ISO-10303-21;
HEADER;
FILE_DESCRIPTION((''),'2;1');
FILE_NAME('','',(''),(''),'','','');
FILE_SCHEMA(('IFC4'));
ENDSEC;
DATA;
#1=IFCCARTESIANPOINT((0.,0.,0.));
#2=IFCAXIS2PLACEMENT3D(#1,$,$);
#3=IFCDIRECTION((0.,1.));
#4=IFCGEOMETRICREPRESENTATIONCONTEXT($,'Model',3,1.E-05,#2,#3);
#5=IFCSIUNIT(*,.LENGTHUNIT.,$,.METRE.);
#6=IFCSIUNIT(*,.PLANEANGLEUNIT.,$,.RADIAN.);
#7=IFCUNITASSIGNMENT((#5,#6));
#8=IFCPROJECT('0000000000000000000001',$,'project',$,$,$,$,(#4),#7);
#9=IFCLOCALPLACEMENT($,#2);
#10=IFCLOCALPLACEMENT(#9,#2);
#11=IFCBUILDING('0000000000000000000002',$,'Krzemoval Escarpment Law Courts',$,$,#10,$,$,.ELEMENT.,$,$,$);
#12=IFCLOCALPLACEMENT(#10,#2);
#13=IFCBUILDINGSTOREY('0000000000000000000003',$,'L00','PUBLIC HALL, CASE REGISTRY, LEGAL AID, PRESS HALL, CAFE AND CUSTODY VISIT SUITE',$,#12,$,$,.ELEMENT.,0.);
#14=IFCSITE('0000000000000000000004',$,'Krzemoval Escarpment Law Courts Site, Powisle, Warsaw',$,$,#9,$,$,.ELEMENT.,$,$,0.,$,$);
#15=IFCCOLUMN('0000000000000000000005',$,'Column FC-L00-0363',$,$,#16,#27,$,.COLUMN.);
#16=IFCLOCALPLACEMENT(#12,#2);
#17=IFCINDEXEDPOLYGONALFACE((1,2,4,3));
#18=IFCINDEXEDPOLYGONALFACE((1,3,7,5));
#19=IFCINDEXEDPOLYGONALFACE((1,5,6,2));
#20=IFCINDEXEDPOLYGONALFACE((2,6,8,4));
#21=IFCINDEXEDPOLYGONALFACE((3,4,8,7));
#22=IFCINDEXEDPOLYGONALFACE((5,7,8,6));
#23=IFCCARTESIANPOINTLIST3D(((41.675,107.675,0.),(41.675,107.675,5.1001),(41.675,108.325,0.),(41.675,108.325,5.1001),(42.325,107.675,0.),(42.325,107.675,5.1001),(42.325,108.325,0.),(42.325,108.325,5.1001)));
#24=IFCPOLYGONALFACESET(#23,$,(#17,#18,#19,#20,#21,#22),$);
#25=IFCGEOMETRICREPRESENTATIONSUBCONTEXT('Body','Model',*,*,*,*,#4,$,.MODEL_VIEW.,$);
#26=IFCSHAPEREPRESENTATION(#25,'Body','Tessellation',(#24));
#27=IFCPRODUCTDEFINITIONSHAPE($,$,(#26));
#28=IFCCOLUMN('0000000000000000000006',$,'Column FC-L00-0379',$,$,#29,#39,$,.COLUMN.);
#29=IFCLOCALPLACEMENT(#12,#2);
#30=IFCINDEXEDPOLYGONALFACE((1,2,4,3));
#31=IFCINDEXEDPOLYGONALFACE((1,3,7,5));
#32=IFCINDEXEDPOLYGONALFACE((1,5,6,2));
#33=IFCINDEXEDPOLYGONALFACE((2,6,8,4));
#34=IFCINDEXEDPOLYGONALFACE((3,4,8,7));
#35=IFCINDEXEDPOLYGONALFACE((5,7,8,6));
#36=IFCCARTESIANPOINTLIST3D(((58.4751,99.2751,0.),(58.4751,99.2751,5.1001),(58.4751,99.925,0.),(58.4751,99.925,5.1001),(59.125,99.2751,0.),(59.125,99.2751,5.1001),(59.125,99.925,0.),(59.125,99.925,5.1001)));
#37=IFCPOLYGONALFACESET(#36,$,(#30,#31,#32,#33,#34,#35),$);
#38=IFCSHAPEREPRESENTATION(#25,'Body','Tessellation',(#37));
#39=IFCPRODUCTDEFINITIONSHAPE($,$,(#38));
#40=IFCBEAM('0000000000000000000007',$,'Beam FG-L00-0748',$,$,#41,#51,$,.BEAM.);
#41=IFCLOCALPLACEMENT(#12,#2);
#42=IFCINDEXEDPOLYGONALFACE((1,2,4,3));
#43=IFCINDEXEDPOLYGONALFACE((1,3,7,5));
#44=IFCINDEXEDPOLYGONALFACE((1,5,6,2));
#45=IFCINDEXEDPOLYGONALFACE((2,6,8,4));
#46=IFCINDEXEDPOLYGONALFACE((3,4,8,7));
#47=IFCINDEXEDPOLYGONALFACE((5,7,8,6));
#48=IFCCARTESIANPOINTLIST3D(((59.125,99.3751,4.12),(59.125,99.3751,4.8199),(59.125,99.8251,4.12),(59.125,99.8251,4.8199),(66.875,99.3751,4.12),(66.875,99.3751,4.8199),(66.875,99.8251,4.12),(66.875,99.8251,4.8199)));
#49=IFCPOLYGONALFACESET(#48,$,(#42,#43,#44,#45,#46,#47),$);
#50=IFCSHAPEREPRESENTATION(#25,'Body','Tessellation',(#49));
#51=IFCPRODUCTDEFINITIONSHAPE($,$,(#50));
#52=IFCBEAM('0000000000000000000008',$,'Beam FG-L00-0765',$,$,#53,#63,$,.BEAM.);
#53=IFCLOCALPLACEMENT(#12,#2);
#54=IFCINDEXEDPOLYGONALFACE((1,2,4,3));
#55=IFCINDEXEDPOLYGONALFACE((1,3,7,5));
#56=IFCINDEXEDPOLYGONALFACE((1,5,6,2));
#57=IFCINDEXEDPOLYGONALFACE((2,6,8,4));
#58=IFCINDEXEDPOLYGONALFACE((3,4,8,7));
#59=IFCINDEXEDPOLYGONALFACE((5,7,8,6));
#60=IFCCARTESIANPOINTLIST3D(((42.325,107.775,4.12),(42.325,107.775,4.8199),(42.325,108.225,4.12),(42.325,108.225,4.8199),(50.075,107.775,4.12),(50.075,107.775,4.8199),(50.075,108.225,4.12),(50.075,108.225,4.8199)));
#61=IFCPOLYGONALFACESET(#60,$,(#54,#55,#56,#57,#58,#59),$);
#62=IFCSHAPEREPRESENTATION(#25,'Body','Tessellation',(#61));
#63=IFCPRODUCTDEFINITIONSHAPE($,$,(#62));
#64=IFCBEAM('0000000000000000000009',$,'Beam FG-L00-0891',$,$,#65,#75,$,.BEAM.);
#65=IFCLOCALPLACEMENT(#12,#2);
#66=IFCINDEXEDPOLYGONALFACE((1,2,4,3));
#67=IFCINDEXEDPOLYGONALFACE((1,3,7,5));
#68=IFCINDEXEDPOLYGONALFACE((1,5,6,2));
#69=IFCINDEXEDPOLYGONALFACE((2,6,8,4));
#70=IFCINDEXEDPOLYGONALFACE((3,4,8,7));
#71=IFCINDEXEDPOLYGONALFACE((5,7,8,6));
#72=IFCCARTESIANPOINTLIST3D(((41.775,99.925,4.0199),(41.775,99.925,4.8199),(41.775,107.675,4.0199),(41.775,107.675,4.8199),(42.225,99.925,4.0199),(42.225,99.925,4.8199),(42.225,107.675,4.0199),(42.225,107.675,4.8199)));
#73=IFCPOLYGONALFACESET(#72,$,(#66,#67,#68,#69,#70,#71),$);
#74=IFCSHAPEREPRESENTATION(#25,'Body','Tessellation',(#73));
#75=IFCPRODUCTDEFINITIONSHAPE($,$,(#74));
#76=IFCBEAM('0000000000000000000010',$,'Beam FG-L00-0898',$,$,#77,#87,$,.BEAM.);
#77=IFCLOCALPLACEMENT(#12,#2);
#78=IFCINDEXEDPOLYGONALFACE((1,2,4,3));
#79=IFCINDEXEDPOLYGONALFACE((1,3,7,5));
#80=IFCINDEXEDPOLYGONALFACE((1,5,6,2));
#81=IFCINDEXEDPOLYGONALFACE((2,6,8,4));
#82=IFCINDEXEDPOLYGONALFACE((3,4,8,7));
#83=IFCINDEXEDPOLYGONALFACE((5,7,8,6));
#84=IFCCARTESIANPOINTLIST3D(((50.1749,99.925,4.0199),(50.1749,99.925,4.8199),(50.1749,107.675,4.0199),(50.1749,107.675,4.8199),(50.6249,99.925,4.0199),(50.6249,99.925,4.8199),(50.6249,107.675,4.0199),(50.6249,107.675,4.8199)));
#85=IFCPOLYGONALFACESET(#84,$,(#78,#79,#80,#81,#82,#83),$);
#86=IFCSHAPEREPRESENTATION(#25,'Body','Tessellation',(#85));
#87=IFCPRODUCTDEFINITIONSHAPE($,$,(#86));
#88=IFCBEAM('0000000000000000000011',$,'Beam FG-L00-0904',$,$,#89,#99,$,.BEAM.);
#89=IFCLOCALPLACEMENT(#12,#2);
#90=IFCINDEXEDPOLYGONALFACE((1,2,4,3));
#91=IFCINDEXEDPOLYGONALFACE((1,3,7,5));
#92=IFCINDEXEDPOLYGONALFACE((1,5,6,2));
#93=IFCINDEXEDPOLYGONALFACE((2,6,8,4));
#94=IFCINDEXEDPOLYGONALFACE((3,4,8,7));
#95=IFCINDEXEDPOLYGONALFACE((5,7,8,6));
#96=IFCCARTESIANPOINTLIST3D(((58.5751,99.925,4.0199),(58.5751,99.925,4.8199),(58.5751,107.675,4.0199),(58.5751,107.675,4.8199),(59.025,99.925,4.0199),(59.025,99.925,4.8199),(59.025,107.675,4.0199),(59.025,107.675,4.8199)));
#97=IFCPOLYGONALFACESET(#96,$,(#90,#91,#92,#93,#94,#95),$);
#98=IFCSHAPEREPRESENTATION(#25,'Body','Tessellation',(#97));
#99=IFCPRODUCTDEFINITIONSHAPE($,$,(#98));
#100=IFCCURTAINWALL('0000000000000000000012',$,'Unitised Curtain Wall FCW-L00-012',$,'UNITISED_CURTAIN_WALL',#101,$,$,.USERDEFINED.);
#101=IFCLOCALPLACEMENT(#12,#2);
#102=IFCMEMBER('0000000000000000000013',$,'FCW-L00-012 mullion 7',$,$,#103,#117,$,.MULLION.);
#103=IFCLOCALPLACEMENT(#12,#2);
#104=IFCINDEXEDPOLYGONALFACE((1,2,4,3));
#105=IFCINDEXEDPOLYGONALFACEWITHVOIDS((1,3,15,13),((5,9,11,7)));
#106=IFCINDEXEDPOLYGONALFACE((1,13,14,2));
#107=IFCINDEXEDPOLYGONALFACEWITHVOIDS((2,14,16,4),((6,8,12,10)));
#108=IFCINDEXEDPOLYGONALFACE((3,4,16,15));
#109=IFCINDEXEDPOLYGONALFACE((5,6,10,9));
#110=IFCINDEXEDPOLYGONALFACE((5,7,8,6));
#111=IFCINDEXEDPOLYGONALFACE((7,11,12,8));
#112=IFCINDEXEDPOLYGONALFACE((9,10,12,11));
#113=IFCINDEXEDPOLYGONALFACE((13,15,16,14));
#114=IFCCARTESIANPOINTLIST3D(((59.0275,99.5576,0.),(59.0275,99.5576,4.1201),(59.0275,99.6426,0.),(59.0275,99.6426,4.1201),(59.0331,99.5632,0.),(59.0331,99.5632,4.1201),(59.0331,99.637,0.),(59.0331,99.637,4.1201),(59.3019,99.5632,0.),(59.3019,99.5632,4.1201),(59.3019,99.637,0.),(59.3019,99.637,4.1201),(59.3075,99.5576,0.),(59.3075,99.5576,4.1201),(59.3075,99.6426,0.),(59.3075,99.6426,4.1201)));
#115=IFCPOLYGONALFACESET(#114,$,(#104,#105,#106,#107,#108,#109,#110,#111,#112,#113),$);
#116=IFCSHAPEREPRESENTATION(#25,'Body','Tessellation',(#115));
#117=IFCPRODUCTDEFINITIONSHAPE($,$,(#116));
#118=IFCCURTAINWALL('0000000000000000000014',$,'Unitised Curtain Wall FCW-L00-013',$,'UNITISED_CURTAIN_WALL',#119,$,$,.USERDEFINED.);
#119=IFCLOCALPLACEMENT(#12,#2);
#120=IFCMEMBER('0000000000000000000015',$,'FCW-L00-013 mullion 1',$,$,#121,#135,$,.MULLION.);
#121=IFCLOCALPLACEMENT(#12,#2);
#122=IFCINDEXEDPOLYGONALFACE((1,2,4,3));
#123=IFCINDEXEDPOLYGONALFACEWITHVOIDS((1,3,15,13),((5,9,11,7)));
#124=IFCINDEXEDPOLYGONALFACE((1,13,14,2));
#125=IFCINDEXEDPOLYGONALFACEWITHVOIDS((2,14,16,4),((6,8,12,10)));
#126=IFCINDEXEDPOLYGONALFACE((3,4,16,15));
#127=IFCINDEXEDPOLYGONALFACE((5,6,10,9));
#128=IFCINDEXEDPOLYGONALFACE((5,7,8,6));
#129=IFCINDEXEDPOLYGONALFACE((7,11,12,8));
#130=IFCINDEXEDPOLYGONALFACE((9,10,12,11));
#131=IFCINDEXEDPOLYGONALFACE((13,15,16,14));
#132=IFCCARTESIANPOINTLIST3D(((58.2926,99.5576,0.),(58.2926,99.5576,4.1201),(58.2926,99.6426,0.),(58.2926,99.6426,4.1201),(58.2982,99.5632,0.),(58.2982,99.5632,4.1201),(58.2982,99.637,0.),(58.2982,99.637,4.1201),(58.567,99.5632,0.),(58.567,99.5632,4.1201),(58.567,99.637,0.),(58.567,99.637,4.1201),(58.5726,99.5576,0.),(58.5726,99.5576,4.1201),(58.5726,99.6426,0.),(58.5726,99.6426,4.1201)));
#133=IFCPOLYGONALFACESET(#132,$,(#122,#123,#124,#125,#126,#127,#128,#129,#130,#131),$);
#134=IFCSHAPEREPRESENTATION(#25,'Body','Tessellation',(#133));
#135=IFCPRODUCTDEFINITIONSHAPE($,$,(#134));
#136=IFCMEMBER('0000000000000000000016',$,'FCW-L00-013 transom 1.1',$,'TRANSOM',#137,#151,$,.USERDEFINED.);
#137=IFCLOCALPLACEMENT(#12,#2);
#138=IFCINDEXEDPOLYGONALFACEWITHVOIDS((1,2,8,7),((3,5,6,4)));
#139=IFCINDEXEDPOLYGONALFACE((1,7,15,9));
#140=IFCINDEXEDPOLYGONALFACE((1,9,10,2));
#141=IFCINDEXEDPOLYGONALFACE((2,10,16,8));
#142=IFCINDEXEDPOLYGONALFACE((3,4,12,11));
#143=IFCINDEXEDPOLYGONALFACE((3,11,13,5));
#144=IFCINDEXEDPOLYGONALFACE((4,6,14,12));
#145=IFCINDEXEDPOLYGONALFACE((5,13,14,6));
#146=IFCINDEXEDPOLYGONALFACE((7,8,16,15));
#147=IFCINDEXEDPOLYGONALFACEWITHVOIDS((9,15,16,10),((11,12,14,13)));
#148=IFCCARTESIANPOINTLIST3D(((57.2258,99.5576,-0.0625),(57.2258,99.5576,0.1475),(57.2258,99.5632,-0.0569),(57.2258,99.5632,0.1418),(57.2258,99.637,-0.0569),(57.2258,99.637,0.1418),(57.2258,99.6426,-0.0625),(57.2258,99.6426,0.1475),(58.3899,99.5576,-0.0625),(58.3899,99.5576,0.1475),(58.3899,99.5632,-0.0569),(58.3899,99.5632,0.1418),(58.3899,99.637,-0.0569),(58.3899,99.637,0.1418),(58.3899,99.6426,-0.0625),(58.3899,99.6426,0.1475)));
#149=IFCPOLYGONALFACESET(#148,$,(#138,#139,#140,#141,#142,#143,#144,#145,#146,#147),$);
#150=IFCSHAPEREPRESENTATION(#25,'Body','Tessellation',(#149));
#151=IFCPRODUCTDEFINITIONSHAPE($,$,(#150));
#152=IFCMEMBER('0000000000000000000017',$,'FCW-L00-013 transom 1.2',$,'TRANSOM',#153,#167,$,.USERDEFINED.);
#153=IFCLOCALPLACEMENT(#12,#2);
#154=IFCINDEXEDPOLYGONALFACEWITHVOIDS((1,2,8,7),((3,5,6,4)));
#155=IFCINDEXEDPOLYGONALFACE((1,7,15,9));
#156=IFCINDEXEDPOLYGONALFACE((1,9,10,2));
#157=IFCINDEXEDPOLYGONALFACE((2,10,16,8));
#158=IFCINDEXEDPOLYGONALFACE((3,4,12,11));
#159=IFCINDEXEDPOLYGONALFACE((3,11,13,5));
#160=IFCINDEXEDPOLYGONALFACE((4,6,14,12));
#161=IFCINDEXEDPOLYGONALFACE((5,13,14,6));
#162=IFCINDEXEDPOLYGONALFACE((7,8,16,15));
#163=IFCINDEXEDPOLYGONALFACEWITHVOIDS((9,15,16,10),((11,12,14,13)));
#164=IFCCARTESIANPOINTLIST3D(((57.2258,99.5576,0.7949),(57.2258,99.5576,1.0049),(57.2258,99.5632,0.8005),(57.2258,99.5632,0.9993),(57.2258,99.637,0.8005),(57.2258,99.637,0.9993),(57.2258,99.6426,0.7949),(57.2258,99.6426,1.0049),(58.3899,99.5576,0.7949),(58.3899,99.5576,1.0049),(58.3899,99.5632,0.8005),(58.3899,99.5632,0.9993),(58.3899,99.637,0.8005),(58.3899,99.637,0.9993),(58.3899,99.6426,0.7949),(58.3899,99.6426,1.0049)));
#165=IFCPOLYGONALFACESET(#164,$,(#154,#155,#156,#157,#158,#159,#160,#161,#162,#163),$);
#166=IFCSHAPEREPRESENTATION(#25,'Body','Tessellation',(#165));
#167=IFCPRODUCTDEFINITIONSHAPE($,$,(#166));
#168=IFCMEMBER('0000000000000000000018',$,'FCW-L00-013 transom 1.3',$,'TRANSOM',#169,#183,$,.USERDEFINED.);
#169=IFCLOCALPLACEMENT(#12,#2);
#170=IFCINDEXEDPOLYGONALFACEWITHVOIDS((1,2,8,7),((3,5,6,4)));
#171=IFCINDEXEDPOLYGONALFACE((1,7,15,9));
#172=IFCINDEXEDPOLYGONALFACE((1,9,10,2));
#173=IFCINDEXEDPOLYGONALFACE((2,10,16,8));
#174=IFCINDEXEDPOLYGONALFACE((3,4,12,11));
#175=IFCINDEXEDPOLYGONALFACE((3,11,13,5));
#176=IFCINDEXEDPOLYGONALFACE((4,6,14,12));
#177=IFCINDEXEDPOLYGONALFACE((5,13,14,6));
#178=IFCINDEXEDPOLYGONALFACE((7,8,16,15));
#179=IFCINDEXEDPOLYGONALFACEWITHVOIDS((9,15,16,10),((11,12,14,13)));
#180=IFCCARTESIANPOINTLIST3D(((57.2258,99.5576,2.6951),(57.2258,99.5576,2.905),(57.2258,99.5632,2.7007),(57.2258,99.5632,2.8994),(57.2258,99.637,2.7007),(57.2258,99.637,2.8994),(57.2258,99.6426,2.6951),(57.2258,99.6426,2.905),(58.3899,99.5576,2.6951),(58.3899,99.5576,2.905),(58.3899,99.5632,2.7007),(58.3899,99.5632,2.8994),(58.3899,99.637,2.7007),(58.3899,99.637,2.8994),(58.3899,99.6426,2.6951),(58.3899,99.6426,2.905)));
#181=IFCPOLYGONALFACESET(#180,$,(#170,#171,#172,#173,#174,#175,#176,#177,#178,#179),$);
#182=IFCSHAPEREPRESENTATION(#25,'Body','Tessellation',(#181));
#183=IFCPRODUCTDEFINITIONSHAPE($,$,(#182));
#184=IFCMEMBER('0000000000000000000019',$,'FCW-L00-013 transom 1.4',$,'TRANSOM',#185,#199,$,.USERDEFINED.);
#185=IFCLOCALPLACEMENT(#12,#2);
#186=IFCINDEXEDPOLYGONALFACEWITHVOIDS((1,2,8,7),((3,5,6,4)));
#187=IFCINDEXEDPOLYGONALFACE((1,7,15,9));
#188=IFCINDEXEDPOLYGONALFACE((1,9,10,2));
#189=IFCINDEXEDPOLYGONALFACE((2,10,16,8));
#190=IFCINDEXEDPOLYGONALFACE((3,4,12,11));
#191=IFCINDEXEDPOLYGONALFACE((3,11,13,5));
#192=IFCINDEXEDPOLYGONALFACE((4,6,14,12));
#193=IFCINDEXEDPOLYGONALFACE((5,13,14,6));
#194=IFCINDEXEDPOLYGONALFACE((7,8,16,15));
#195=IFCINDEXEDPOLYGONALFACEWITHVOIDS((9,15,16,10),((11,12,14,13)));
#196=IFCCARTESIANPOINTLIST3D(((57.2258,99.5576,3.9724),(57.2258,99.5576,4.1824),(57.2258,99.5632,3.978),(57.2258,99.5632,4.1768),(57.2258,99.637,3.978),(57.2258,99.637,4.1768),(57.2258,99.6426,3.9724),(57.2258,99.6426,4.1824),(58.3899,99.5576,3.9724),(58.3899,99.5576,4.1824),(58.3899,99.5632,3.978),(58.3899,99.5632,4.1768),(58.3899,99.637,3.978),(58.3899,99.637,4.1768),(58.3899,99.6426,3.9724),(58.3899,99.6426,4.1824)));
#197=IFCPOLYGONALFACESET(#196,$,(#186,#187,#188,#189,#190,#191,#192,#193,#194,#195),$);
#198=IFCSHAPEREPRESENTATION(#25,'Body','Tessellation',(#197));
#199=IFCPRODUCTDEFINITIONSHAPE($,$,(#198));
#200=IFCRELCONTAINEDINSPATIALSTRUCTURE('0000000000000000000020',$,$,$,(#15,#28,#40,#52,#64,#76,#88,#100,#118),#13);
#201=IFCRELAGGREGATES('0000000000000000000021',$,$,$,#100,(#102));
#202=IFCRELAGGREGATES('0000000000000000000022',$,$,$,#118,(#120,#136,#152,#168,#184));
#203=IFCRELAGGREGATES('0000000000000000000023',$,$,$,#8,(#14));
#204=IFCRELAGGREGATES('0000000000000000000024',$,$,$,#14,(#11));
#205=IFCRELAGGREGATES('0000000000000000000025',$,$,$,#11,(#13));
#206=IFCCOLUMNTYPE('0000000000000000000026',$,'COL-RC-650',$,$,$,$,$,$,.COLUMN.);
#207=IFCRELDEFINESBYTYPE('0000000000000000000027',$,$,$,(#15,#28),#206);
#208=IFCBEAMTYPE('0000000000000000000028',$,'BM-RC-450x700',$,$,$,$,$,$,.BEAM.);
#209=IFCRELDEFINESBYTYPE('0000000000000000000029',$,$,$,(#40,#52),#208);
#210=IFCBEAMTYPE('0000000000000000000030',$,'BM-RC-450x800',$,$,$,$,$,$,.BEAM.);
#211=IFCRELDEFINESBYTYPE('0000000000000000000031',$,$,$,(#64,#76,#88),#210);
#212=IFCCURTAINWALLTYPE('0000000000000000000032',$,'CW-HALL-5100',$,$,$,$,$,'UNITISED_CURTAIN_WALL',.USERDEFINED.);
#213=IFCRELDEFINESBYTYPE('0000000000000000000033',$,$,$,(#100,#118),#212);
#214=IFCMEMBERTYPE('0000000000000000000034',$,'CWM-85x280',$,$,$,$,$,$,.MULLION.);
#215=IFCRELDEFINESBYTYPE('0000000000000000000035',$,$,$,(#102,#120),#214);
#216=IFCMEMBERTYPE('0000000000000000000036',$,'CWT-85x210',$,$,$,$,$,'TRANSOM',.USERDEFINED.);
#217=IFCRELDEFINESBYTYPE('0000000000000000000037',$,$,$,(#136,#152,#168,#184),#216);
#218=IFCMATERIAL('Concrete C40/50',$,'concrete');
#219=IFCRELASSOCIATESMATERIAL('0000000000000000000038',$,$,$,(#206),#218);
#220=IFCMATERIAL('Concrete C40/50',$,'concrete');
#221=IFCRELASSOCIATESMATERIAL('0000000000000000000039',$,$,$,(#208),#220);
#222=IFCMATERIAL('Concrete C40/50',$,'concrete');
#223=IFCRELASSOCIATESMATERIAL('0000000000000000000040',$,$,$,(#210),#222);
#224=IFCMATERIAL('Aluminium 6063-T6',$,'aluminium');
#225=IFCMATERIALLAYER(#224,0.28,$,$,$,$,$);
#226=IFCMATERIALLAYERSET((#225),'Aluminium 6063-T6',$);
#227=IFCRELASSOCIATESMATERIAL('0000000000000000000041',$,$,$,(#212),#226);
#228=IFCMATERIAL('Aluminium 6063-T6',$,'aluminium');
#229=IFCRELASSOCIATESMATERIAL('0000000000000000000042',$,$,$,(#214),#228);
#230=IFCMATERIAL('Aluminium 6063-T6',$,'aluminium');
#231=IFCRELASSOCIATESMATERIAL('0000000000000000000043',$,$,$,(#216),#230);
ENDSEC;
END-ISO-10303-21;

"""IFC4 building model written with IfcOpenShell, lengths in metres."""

from ifc_helpers import new_model, si_unit, direction, frame, origin, origin_2d, place, context, subcontext, project, spatial, rectangle, hollow_rectangle, extrude, material, layer, layer_set, material_profile, profile_set, type_object, element, aggregate, save


model = new_model("IFC4")

# Units and contexts
model_context = context("Model", 3, precision=1e-05, world=origin(), true_north=direction((0.0, 1.0)))
body_context = subcontext(model_context, "Body", "Model", "MODEL_VIEW")
ifc_project = project(units=[si_unit("LENGTHUNIT", "METRE"), si_unit("PLANEANGLEUNIT", "RADIAN")], contexts=[model_context])

# Site, building, storey
site_placement = place(None, origin())
site = spatial("IfcSite", under=ifc_project, at=site_placement, Name="Krzemoval Escarpment Law Courts Site, Powisle, Warsaw", CompositionType="ELEMENT", RefElevation=0.0)
building_placement = place(site_placement, origin())
building = spatial("IfcBuilding", under=site, at=building_placement, Name="Krzemoval Escarpment Law Courts", CompositionType="ELEMENT")
storey_placement = place(building_placement, origin())
storey = spatial("IfcBuildingStorey", under=building, at=storey_placement, Name="L00", Description="PUBLIC HALL, CASE REGISTRY, LEGAL AID, PRESS HALL, CAFE AND CUSTODY VISIT SUITE", CompositionType="ELEMENT", Elevation=0.0)

# Columns
ifc_material_1 = material(Name="Concrete C40/50", Category="concrete")
ifc_material_profile_1 = material_profile(ifc_material_1, rectangle(XDim=0.6499, YDim=0.6499, at=origin_2d()), Name="RC 650x650")
ifc_profile_set_1 = profile_set([ifc_material_profile_1], Name="Concrete C40/50")
column_type = type_object("IfcColumnType", Name="COL-RC-650", PredefinedType="COLUMN", material=ifc_profile_set_1)
for number, where, z_axis, x_axis, name in (
    (1, (42.0, 108.0, 0.0), (0.0, 0.0, 1.0), (1.0, 0.0, 0.0), "Column FC-L00-0363"),
    (2, (58.8, 99.6001, 0.0), (0.0, 0.0, 1.0), (1.0, 0.0, 0.0), "Column FC-L00-0379"),
):
    element("IfcColumn", number, at=place(storey_placement, frame(where, z_axis=z_axis, x_axis=x_axis)), inside=storey, type_object=column_type, Name=name, PredefinedType="COLUMN", context=body_context, shape_type="SweptSolid", body=[
        extrude(rectangle(XDim=0.6499, YDim=0.6499, at=origin_2d()), origin(), (0.0, 0.0, 1.0), 5.1001),
    ])

# Beams
ifc_material_2 = material(Name="Concrete C40/50", Category="concrete")
ifc_material_profile_2 = material_profile(ifc_material_2, rectangle(XDim=0.45, YDim=0.7, at=origin_2d()), Name="RCB 450x700")
ifc_profile_set_2 = profile_set([ifc_material_profile_2], Name="Concrete C40/50")
beam_type_1 = type_object("IfcBeamType", Name="BM-RC-450x700", PredefinedType="BEAM", material=ifc_profile_set_2)
for number, where, z_axis, x_axis, name in (
    (3, (59.125, 99.6001, 4.47), (1.0, 0.0, 0.0), (0.0, 1.0, 0.0), "Beam FG-L00-0748"),
    (4, (42.325, 108.0, 4.47), (1.0, 0.0, 0.0), (0.0, 1.0, 0.0), "Beam FG-L00-0765"),
):
    element("IfcBeam", number, at=place(storey_placement, frame(where, z_axis=z_axis, x_axis=x_axis)), inside=storey, type_object=beam_type_1, Name=name, PredefinedType="BEAM", context=body_context, shape_type="SweptSolid", body=[
        extrude(rectangle(XDim=0.45, YDim=0.7, at=origin_2d()), origin(), (0.0, 0.0, 1.0), 7.75),
    ])
ifc_material_3 = material(Name="Concrete C40/50", Category="concrete")
ifc_material_profile_3 = material_profile(ifc_material_3, rectangle(XDim=0.45, YDim=0.8, at=origin_2d()), Name="RCB 450x800")
ifc_profile_set_3 = profile_set([ifc_material_profile_3], Name="Concrete C40/50")
beam_type_2 = type_object("IfcBeamType", Name="BM-RC-450x800", PredefinedType="BEAM", material=ifc_profile_set_3)
for number, where, z_axis, x_axis, name in (
    (5, (42.0, 99.925, 4.4199), (0.0, 1.0, 0.0), (-1.0, 0.0, 0.0), "Beam FG-L00-0891"),
    (6, (50.3999, 99.925, 4.4199), (0.0, 1.0, 0.0), (-1.0, 0.0, 0.0), "Beam FG-L00-0898"),
    (7, (58.8, 99.925, 4.4199), (0.0, 1.0, 0.0), (-1.0, 0.0, 0.0), "Beam FG-L00-0904"),
):
    element("IfcBeam", number, at=place(storey_placement, frame(where, z_axis=z_axis, x_axis=x_axis)), inside=storey, type_object=beam_type_2, Name=name, PredefinedType="BEAM", context=body_context, shape_type="SweptSolid", body=[
        extrude(rectangle(XDim=0.45, YDim=0.8, at=origin_2d()), origin(), (0.0, 0.0, 1.0), 7.75),
    ])

# Curtain wall, member
ifc_material_4 = material(Name="Aluminium 6063-T6", Category="aluminium")
ifc_layer_1 = layer(ifc_material_4, 0.28)
ifc_layer_set_1 = layer_set([ifc_layer_1], Name="Aluminium 6063-T6")
curtain_wall_type = type_object("IfcCurtainWallType", Name="CW-HALL-5100", ElementType="UNITISED_CURTAIN_WALL", PredefinedType="USERDEFINED", material=ifc_layer_set_1)
curtain_wall_1_placement = place(storey_placement, origin())
curtain_wall_1 = element("IfcCurtainWall", 8, at=curtain_wall_1_placement, inside=storey, type_object=curtain_wall_type, Name="Unitised Curtain Wall FCW-L00-012", ObjectType="UNITISED_CURTAIN_WALL", PredefinedType="USERDEFINED")
ifc_material_5 = material(Name="Aluminium 6063-T6", Category="aluminium")
ifc_material_profile_4 = material_profile(ifc_material_5, hollow_rectangle(XDim=0.085, YDim=0.28, WallThickness=0.0056, at=origin_2d()), Name="ALU M85x280")
ifc_profile_set_4 = profile_set([ifc_material_profile_4], Name="Aluminium 6063-T6")
member_type_1 = type_object("IfcMemberType", Name="CWM-85x280", PredefinedType="MULLION", material=ifc_profile_set_4)
member_1_placement = place(storey_placement, frame((59.1675, 99.6001, 0.0), z_axis=(0.0, 0.0, 1.0), x_axis=(0.0, -1.0, 0.0)))
member_1 = element("IfcMember", 9, at=member_1_placement, type_object=member_type_1, Name="FCW-L00-012 mullion 7", PredefinedType="MULLION", context=body_context, shape_type="SweptSolid", body=[
    extrude(hollow_rectangle(XDim=0.085, YDim=0.28, WallThickness=0.0056, at=origin_2d()), origin(), (0.0, 0.0, 1.0), 4.1201),
])
aggregate(curtain_wall_1, [member_1])

# Curtain wall, members
curtain_wall_2_placement = place(storey_placement, origin())
curtain_wall_2 = element("IfcCurtainWall", 10, at=curtain_wall_2_placement, inside=storey, type_object=curtain_wall_type, Name="Unitised Curtain Wall FCW-L00-013", ObjectType="UNITISED_CURTAIN_WALL", PredefinedType="USERDEFINED")
member_2_placement = place(storey_placement, frame((58.4326, 99.6001, 0.0), z_axis=(0.0, 0.0, 1.0), x_axis=(0.0, -1.0, 0.0)))
member_2 = element("IfcMember", 11, at=member_2_placement, type_object=member_type_1, Name="FCW-L00-013 mullion 1", PredefinedType="MULLION", context=body_context, shape_type="SweptSolid", body=[
    extrude(hollow_rectangle(XDim=0.085, YDim=0.28, WallThickness=0.0056, at=origin_2d()), origin(), (0.0, 0.0, 1.0), 4.1201),
])
ifc_material_6 = material(Name="Aluminium 6063-T6", Category="aluminium")
ifc_material_profile_5 = material_profile(ifc_material_6, hollow_rectangle(XDim=0.085, YDim=0.21, WallThickness=0.0056, at=origin_2d()), Name="ALU T85x210")
ifc_profile_set_5 = profile_set([ifc_material_profile_5], Name="Aluminium 6063-T6")
member_type_2 = type_object("IfcMemberType", Name="CWT-85x210", ElementType="TRANSOM", PredefinedType="USERDEFINED", material=ifc_profile_set_5)
member_3_placement = place(storey_placement, frame((58.3899, 99.6001, 0.0425), z_axis=(-1.0, 0.0, 0.0), x_axis=(0.0, -1.0, 0.0)))
member_3 = element("IfcMember", 12, at=member_3_placement, type_object=member_type_2, Name="FCW-L00-013 transom 1.1", ObjectType="TRANSOM", PredefinedType="USERDEFINED", context=body_context, shape_type="SweptSolid", body=[
    extrude(hollow_rectangle(XDim=0.085, YDim=0.21, WallThickness=0.0056, at=origin_2d()), origin(), (0.0, 0.0, 1.0), 1.1641),
])
member_4_placement = place(storey_placement, frame((58.3899, 99.6001, 0.8999), z_axis=(-1.0, 0.0, 0.0), x_axis=(0.0, -1.0, 0.0)))
member_4 = element("IfcMember", 13, at=member_4_placement, type_object=member_type_2, Name="FCW-L00-013 transom 1.2", ObjectType="TRANSOM", PredefinedType="USERDEFINED", context=body_context, shape_type="SweptSolid", body=[
    extrude(hollow_rectangle(XDim=0.085, YDim=0.21, WallThickness=0.0056, at=origin_2d()), origin(), (0.0, 0.0, 1.0), 1.1641),
])
member_5_placement = place(storey_placement, frame((58.3899, 99.6001, 2.8), z_axis=(-1.0, 0.0, 0.0), x_axis=(0.0, -1.0, 0.0)))
member_5 = element("IfcMember", 14, at=member_5_placement, type_object=member_type_2, Name="FCW-L00-013 transom 1.3", ObjectType="TRANSOM", PredefinedType="USERDEFINED", context=body_context, shape_type="SweptSolid", body=[
    extrude(hollow_rectangle(XDim=0.085, YDim=0.21, WallThickness=0.0056, at=origin_2d()), origin(), (0.0, 0.0, 1.0), 1.1641),
])
member_6_placement = place(storey_placement, frame((58.3899, 99.6001, 4.0774), z_axis=(-1.0, 0.0, 0.0), x_axis=(0.0, -1.0, 0.0)))
member_6 = element("IfcMember", 15, at=member_6_placement, type_object=member_type_2, Name="FCW-L00-013 transom 1.4", ObjectType="TRANSOM", PredefinedType="USERDEFINED", context=body_context, shape_type="SweptSolid", body=[
    extrude(hollow_rectangle(XDim=0.085, YDim=0.21, WallThickness=0.0056, at=origin_2d()), origin(), (0.0, 0.0, 1.0), 1.1641),
])
aggregate(curtain_wall_2, [member_2, member_3, member_4, member_5, member_6])

save(model, "model.ifc")
